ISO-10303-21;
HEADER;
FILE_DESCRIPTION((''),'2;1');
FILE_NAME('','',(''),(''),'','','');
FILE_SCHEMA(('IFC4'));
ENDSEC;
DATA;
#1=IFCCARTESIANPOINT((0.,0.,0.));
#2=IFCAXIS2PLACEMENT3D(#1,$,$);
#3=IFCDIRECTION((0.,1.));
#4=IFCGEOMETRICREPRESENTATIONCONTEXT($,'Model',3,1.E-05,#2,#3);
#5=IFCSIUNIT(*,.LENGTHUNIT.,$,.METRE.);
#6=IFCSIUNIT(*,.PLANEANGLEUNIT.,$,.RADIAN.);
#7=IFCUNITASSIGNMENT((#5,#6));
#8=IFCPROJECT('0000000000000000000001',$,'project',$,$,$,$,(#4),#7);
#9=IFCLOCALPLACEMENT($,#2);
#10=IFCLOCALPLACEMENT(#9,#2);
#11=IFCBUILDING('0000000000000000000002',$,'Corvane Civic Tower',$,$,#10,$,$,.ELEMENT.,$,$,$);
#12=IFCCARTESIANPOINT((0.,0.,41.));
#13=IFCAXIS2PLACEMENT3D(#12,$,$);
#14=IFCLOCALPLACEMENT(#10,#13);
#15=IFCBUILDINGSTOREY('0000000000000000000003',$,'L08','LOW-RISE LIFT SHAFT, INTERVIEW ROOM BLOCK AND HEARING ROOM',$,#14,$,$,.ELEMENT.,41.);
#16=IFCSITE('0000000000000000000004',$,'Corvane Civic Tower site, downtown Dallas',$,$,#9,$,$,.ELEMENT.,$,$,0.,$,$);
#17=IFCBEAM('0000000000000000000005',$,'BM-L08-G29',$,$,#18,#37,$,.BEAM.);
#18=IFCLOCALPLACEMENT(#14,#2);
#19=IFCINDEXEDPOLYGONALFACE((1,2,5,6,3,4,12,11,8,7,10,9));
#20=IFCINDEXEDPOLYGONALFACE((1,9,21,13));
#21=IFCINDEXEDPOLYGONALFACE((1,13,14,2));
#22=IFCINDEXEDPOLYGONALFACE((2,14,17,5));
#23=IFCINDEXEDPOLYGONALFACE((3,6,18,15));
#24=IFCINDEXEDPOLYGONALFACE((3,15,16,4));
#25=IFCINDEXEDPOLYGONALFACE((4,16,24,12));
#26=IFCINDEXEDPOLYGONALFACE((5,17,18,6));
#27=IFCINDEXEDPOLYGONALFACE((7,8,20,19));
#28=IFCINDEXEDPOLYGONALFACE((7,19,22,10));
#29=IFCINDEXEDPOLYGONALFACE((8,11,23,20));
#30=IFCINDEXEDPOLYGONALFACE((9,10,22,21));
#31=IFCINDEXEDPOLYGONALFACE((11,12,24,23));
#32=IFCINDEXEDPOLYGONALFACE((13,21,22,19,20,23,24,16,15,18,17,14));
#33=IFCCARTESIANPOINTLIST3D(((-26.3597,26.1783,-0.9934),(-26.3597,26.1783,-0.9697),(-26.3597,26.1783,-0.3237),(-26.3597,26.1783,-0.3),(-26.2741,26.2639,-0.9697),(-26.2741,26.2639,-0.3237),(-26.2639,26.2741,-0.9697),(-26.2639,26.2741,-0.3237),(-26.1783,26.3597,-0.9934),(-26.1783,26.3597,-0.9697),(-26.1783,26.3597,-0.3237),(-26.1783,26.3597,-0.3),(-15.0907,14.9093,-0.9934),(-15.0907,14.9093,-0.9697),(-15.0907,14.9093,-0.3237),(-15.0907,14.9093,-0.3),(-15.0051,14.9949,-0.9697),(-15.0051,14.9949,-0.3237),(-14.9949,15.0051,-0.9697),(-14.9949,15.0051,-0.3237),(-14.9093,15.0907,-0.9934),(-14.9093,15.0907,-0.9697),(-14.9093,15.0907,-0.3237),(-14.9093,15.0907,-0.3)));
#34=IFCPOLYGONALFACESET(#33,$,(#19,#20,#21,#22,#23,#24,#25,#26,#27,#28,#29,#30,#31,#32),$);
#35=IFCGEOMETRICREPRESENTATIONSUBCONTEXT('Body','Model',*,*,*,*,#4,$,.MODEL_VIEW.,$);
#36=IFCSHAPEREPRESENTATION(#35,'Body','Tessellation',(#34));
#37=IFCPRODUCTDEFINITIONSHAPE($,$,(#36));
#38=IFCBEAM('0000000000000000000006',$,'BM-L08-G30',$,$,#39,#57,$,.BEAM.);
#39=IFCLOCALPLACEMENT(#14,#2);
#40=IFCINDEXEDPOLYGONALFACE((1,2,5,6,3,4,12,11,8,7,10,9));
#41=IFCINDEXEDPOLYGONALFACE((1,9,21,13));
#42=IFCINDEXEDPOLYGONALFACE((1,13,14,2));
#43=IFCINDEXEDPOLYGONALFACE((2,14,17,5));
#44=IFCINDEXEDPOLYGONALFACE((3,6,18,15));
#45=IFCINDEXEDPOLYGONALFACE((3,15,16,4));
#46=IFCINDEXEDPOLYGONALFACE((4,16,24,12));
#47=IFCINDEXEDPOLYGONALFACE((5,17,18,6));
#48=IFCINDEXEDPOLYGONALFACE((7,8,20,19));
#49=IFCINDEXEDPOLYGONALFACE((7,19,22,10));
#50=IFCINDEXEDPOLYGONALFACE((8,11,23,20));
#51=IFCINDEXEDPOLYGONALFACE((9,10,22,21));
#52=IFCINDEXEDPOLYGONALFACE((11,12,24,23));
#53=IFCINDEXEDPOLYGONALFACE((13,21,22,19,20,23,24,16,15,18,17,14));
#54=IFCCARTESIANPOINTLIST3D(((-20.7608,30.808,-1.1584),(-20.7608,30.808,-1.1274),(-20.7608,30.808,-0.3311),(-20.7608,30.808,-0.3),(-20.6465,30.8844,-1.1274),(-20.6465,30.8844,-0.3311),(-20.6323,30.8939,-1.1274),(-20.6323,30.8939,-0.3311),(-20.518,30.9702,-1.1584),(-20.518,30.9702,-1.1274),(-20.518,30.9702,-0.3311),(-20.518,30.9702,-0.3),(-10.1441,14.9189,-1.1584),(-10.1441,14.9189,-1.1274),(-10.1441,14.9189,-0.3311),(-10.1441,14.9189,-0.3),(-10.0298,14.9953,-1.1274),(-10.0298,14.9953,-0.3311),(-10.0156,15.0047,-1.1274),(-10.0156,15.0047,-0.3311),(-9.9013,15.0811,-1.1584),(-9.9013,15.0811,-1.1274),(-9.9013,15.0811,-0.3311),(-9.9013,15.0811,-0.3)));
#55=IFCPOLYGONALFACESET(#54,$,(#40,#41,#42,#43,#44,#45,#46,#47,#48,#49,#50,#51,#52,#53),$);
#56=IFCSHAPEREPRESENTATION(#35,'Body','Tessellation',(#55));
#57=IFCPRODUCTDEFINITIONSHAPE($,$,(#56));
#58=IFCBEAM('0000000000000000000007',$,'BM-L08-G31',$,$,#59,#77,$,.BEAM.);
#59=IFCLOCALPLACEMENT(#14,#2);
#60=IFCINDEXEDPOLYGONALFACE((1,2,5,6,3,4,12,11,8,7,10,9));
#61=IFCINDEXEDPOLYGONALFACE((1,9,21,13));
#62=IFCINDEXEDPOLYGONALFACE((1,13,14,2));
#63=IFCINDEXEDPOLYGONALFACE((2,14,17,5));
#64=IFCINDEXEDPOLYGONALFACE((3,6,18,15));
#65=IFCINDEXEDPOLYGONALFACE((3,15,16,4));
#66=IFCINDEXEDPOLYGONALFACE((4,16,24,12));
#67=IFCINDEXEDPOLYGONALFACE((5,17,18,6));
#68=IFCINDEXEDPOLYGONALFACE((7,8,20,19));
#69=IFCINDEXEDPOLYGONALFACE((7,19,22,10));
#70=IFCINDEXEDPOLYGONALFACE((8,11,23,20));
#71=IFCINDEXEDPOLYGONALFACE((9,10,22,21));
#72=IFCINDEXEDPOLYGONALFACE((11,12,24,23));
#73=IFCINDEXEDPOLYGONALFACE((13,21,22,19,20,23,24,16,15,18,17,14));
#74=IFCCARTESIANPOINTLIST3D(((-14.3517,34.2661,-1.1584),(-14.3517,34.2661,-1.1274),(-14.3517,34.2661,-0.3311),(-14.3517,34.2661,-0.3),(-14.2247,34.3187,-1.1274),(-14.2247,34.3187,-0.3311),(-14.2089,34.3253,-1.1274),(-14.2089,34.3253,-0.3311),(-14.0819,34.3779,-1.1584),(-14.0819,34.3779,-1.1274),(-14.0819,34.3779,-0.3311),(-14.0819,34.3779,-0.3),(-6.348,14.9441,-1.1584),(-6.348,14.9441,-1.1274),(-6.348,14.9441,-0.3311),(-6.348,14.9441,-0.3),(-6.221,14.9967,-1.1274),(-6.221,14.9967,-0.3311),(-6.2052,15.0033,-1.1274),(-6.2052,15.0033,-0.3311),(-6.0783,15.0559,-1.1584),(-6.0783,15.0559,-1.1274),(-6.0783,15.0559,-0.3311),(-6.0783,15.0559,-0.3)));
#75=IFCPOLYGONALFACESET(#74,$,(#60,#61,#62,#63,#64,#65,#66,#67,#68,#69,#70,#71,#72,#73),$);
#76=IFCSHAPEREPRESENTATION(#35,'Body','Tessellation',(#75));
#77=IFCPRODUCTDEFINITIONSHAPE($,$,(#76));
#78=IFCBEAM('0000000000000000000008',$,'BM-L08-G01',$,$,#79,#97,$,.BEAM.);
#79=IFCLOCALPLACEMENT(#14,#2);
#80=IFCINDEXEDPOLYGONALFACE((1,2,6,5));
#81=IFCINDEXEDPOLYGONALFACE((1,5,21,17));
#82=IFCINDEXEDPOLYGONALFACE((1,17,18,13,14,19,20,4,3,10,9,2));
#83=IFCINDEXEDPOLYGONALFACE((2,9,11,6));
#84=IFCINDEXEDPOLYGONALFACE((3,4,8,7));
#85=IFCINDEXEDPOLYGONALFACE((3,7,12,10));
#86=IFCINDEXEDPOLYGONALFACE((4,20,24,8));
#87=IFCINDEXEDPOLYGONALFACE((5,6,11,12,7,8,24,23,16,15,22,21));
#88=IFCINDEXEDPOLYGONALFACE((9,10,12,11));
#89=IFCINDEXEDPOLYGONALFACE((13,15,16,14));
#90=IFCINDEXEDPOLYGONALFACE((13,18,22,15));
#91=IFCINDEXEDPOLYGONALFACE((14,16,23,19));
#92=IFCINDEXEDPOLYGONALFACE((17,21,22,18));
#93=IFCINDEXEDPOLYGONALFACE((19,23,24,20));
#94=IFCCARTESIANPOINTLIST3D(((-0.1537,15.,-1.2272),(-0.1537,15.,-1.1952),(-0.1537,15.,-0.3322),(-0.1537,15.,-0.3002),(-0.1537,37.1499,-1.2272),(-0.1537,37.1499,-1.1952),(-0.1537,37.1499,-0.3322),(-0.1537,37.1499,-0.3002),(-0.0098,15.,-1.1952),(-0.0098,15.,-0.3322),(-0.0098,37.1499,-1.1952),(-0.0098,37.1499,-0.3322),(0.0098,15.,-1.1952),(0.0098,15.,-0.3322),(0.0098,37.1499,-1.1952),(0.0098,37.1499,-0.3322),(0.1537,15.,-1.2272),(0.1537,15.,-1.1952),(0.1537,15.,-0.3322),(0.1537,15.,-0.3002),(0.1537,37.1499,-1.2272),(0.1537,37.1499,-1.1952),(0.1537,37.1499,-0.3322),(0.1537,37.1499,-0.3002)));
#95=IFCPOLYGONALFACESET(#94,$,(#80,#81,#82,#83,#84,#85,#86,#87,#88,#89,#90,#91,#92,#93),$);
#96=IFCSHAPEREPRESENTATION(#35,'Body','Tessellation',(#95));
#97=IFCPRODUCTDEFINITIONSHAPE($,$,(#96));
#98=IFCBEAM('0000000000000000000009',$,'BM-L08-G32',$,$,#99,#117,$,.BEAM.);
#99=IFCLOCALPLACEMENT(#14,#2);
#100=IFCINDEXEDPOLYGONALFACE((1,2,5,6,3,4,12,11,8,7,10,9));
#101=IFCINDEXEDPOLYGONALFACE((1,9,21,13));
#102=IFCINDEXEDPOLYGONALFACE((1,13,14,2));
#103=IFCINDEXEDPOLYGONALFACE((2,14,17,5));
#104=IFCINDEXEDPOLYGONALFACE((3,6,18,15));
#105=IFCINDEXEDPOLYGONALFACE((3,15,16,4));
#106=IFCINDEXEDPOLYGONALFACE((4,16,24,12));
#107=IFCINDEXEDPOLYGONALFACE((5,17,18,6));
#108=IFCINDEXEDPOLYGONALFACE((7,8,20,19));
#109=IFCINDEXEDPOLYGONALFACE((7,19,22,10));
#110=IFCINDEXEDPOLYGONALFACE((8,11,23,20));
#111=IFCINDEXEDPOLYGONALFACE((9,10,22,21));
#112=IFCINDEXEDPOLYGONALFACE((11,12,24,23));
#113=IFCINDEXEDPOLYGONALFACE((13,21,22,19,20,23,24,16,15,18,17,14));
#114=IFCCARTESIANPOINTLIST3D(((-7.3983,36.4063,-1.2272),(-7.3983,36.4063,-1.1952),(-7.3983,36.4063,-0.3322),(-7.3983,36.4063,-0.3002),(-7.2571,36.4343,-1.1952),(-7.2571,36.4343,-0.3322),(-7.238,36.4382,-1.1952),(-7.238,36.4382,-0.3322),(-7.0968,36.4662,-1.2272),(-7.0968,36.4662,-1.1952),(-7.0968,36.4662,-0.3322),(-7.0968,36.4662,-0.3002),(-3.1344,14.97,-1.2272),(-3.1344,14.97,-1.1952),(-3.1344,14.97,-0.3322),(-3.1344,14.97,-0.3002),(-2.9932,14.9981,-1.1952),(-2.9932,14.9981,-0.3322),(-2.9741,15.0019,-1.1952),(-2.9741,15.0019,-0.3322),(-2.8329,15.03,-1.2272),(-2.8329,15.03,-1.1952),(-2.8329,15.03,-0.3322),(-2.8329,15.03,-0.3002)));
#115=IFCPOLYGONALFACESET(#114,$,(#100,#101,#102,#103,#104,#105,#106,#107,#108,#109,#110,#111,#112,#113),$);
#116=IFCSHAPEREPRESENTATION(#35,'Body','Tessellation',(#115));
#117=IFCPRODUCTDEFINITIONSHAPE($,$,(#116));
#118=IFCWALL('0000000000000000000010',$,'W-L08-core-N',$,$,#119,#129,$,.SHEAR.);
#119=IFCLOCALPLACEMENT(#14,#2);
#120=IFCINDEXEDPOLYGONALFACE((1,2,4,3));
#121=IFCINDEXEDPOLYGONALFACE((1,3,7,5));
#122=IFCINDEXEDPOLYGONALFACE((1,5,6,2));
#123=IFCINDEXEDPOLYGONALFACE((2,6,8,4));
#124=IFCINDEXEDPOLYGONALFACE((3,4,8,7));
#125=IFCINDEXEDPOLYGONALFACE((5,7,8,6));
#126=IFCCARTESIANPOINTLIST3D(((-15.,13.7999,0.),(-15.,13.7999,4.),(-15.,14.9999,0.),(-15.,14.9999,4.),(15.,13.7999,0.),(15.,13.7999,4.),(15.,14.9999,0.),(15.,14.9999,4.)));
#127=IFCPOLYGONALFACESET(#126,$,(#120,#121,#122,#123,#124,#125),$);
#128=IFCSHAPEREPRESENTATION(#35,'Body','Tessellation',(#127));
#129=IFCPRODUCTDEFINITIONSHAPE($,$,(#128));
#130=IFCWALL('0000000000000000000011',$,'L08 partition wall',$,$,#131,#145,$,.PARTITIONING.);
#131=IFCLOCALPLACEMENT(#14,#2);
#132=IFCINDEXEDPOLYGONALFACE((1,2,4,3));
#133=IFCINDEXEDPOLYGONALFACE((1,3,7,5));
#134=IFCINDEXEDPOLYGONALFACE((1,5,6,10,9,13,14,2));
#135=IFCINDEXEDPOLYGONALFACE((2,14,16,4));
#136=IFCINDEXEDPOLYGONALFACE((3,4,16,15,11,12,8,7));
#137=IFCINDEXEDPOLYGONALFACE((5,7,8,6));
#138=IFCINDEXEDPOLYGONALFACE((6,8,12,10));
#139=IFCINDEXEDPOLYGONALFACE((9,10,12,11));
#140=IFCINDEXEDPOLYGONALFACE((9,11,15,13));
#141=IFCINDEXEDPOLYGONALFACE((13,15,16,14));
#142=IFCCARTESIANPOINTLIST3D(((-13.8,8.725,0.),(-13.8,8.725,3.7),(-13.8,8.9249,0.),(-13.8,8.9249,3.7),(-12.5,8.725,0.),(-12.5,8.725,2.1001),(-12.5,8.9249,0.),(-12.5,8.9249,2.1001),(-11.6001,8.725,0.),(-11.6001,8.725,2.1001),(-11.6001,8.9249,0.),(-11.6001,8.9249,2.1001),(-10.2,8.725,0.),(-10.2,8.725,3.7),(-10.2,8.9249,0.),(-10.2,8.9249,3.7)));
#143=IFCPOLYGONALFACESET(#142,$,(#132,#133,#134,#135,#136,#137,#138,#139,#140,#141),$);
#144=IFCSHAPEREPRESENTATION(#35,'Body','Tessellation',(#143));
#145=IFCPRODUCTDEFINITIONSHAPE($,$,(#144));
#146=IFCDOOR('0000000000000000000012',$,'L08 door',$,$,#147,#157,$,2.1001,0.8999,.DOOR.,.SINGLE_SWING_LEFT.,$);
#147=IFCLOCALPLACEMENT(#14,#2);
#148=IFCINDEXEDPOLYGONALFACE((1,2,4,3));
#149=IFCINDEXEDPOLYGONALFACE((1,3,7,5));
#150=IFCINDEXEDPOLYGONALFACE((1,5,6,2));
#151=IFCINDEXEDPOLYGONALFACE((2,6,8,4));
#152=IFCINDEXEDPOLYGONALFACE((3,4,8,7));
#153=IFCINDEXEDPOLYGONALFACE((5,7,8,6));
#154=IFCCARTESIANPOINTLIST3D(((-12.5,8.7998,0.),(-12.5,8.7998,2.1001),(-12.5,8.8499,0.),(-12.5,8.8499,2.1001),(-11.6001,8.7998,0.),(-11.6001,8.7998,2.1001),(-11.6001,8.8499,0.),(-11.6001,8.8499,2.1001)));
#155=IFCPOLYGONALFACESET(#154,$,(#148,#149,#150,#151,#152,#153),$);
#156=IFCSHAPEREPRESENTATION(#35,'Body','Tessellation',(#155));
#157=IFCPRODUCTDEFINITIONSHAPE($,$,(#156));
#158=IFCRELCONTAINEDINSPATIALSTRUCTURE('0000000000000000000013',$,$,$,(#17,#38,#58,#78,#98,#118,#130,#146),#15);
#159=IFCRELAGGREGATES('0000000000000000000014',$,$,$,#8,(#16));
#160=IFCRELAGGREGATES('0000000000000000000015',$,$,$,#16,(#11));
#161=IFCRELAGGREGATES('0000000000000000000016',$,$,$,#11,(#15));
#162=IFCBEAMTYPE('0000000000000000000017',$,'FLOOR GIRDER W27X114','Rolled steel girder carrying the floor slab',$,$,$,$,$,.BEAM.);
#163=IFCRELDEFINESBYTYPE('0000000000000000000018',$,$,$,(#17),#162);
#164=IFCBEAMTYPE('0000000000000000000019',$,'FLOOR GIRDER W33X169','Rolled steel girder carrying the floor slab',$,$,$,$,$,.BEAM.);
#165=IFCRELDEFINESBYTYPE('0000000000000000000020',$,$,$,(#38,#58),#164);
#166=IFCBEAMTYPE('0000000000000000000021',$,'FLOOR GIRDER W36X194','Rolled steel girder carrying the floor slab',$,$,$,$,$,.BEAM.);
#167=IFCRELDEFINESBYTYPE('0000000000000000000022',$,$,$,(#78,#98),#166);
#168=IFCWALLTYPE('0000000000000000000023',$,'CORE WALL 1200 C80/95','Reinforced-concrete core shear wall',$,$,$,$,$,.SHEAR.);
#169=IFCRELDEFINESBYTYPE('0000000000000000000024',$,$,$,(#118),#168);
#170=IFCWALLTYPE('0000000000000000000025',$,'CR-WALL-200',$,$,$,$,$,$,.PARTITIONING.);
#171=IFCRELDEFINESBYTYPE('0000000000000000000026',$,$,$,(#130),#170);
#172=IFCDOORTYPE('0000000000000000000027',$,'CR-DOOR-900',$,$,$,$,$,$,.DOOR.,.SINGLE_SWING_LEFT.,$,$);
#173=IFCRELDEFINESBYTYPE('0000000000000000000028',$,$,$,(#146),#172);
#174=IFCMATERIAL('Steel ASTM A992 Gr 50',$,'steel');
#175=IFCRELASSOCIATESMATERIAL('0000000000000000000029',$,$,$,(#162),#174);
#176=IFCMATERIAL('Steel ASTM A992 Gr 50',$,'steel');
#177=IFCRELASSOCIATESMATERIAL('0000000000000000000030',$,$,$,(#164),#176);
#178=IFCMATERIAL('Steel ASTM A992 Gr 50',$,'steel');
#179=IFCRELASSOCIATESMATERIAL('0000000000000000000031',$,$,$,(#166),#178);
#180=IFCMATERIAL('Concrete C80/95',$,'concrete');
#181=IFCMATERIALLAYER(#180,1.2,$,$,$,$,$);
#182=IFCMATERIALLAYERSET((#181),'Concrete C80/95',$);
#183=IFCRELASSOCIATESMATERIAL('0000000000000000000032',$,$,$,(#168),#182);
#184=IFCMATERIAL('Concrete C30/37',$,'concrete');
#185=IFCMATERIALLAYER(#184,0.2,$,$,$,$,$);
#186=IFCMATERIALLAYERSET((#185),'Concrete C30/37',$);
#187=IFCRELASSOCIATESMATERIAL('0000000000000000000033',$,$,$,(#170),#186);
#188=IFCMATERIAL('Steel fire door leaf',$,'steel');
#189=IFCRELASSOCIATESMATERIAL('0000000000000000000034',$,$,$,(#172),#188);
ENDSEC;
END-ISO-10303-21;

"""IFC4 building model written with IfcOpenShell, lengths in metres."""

from ifc_helpers import new_model, si_unit, direction, frame, frame_2d, origin, origin_2d, place, context, subcontext, project, spatial, rectangle, i_section, extrude, material, layer, layer_set, material_profile, profile_set, type_object, element, fill, save


model = new_model("IFC4")

# Units and contexts
model_context = context("Model", 3, precision=1e-05, world=origin(), true_north=direction((0.0, 1.0)))
body_context = subcontext(model_context, "Body", "Model", "MODEL_VIEW")
ifc_project = project(units=[si_unit("LENGTHUNIT", "METRE"), si_unit("PLANEANGLEUNIT", "RADIAN")], contexts=[model_context])

# Site, building, storey
site_placement = place(None, origin())
site = spatial("IfcSite", under=ifc_project, at=site_placement, Name="Corvane Civic Tower site, downtown Dallas", CompositionType="ELEMENT", RefElevation=0.0)
building_placement = place(site_placement, origin())
building = spatial("IfcBuilding", under=site, at=building_placement, Name="Corvane Civic Tower", CompositionType="ELEMENT")
storey_placement = place(building_placement, frame((0.0, 0.0, 41.0)))
storey = spatial("IfcBuildingStorey", under=building, at=storey_placement, Name="L08", Description="LOW-RISE LIFT SHAFT, INTERVIEW ROOM BLOCK AND HEARING ROOM", CompositionType="ELEMENT", Elevation=41.0)

# Beams
ifc_material_1 = material(Name="Steel ASTM A992 Gr 50", Category="steel")
ifc_material_profile_1 = material_profile(ifc_material_1, i_section(OverallWidth=0.2566, OverallDepth=0.6934, WebThickness=0.0144, FlangeThickness=0.0237, at=origin_2d()), Name="W27X114")
ifc_profile_set_1 = profile_set([ifc_material_profile_1], Name="Steel ASTM A992 Gr 50")
beam_type_1 = type_object("IfcBeamType", Name="FLOOR GIRDER W27X114", Description="Rolled steel girder carrying the floor slab", PredefinedType="BEAM", material=ifc_profile_set_1)
beam_1_placement = place(storey_placement, frame((-15.0, 15.0, -0.6467), z_axis=(-0.707107, 0.707107, 0.0), x_axis=(-0.707107, -0.707107, 0.0)))
element("IfcBeam", 1, at=beam_1_placement, inside=storey, type_object=beam_type_1, Name="BM-L08-G29", PredefinedType="BEAM", context=body_context, shape_type="SweptSolid", body=[
    extrude(i_section(OverallWidth=0.2566, OverallDepth=0.6934, WebThickness=0.0144, FlangeThickness=0.0237, at=origin_2d()), origin(), (0.0, 0.0, 1.0), 15.9368),
])
ifc_material_2 = material(Name="Steel ASTM A992 Gr 50", Category="steel")
ifc_material_profile_2 = material_profile(ifc_material_2, i_section(OverallWidth=0.292, OverallDepth=0.8584, WebThickness=0.0171, FlangeThickness=0.031, at=origin_2d()), Name="W33X169")
ifc_profile_set_2 = profile_set([ifc_material_profile_2], Name="Steel ASTM A992 Gr 50")
beam_type_2 = type_object("IfcBeamType", Name="FLOOR GIRDER W33X169", Description="Rolled steel girder carrying the floor slab", PredefinedType="BEAM", material=ifc_profile_set_2)
beam_2_placement = place(storey_placement, frame((-10.0227, 15.0, -0.7292), z_axis=(-0.555567, 0.831472, 0.0), x_axis=(-0.831472, -0.555567, 0.0)))
element("IfcBeam", 2, at=beam_2_placement, inside=storey, type_object=beam_type_2, Name="BM-L08-G30", PredefinedType="BEAM", context=body_context, shape_type="SweptSolid", body=[
    extrude(i_section(OverallWidth=0.292, OverallDepth=0.8584, WebThickness=0.0171, FlangeThickness=0.031, at=origin_2d()), origin(), (0.0, 0.0, 1.0), 19.1096),
])
beam_3_placement = place(storey_placement, frame((-6.2131, 15.0, -0.7292), z_axis=(-0.382692, 0.923876, 0.0), x_axis=(-0.923876, -0.382692, 0.0)))
element("IfcBeam", 3, at=beam_3_placement, inside=storey, type_object=beam_type_2, Name="BM-L08-G31", PredefinedType="BEAM", context=body_context, shape_type="SweptSolid", body=[
    extrude(i_section(OverallWidth=0.292, OverallDepth=0.8584, WebThickness=0.0171, FlangeThickness=0.031, at=origin_2d()), origin(), (0.0, 0.0, 1.0), 20.9141),
])
ifc_material_3 = material(Name="Steel ASTM A992 Gr 50", Category="steel")
ifc_material_profile_3 = material_profile(ifc_material_3, i_section(OverallWidth=0.3074, OverallDepth=0.927, WebThickness=0.0195, FlangeThickness=0.032, at=origin_2d()), Name="W36X194")
ifc_profile_set_3 = profile_set([ifc_material_profile_3], Name="Steel ASTM A992 Gr 50")
beam_type_3 = type_object("IfcBeamType", Name="FLOOR GIRDER W36X194", Description="Rolled steel girder carrying the floor slab", PredefinedType="BEAM", material=ifc_profile_set_3)
beam_4_placement = place(storey_placement, frame((0.0, 15.0, -0.7637), z_axis=(0.0, 1.0, 0.0), x_axis=(-1.0, 0.0, 0.0)))
element("IfcBeam", 4, at=beam_4_placement, inside=storey, type_object=beam_type_3, Name="BM-L08-G01", PredefinedType="BEAM", context=body_context, shape_type="SweptSolid", body=[
    extrude(i_section(OverallWidth=0.3074, OverallDepth=0.927, WebThickness=0.0195, FlangeThickness=0.032, at=origin_2d()), origin(), (0.0, 0.0, 1.0), 22.1499),
])
beam_5_placement = place(storey_placement, frame((-2.9836, 15.0, -0.7637), z_axis=(-0.195089, 0.980785, 0.0), x_axis=(-0.980785, -0.195089, 0.0)))
element("IfcBeam", 5, at=beam_5_placement, inside=storey, type_object=beam_type_3, Name="BM-L08-G32", PredefinedType="BEAM", context=body_context, shape_type="SweptSolid", body=[
    extrude(i_section(OverallWidth=0.3074, OverallDepth=0.927, WebThickness=0.0195, FlangeThickness=0.032, at=origin_2d()), origin(), (0.0, 0.0, 1.0), 21.8562),
])

# Wall
ifc_material_4 = material(Name="Concrete C80/95", Category="concrete")
ifc_layer_1 = layer(ifc_material_4, 1.2)
ifc_layer_set_1 = layer_set([ifc_layer_1], Name="Concrete C80/95")
wall_type_1 = type_object("IfcWallType", Name="CORE WALL 1200 C80/95", Description="Reinforced-concrete core shear wall", PredefinedType="SHEAR", material=ifc_layer_set_1)
wall_1_placement = place(storey_placement, frame((-15.0, 14.3999, 0.0), z_axis=(0.0, 0.0, 1.0), x_axis=(1.0, 0.0, 0.0)))
element("IfcWall", 6, at=wall_1_placement, inside=storey, type_object=wall_type_1, Name="W-L08-core-N", PredefinedType="SHEAR", context=body_context, shape_type="SweptSolid", body=[
    extrude(rectangle(XDim=30.0, YDim=1.2, at=frame_2d((15.0, 0.0))), origin(), (0.0, 0.0, 1.0), 4.0),
])

# Wall, opening, door
ifc_material_5 = material(Name="Concrete C30/37", Category="concrete")
ifc_layer_2 = layer(ifc_material_5, 0.2)
ifc_layer_set_2 = layer_set([ifc_layer_2], Name="Concrete C30/37")
wall_type_2 = type_object("IfcWallType", Name="CR-WALL-200", PredefinedType="PARTITIONING", material=ifc_layer_set_2)
wall_2_placement = place(storey_placement, frame((-13.8, 8.825, 0.0), z_axis=(0.0, 0.0, 1.0), x_axis=(1.0, 0.0, 0.0)))
wall_2 = element("IfcWall", 7, at=wall_2_placement, inside=storey, type_object=wall_type_2, Name="L08 partition wall", PredefinedType="PARTITIONING", context=body_context, shape_type="SweptSolid", body=[
    extrude(rectangle(XDim=3.6001, YDim=0.2, at=frame_2d((1.8, 0.0))), origin(), (0.0, 0.0, 1.0), 3.7),
])
opening_1_placement = place(wall_2_placement, frame((1.3, 0.0, 0.0)))
opening_1 = element("IfcOpeningElement", 8, at=opening_1_placement, cuts=wall_2, PredefinedType="OPENING", context=body_context, shape_type="SweptSolid", body=[
    extrude(rectangle(XDim=0.8999, YDim=2.1001, at=frame_2d((0.45, 1.05))), frame((0.0, 0.1099, 0.0), z_axis=(0.0, -1.0, 0.0), x_axis=(1.0, 0.0, 0.0)), (0.0, 0.0, 1.0), 0.22),
])
ifc_material_6 = material(Name="Steel fire door leaf", Category="steel")
door_type = type_object("IfcDoorType", Name="CR-DOOR-900", OperationType="SINGLE_SWING_LEFT", PredefinedType="DOOR", material=ifc_material_6)
door_1_placement = place(opening_1_placement, origin())
door_1 = element("IfcDoor", 9, at=door_1_placement, inside=storey, type_object=door_type, Name="L08 door", OperationType="SINGLE_SWING_LEFT", OverallHeight=2.1001, OverallWidth=0.8999, PredefinedType="DOOR", context=body_context, shape_type="SweptSolid", body=[
    extrude(rectangle(XDim=0.8999, YDim=2.1001, at=frame_2d((0.45, 1.05))), frame((0.0, 0.0249, 0.0), z_axis=(0.0, -1.0, 0.0), x_axis=(1.0, 0.0, 0.0)), (0.0, 0.0, 1.0), 0.05),
])
fill(opening_1, door_1)

save(model, "model.ifc")
